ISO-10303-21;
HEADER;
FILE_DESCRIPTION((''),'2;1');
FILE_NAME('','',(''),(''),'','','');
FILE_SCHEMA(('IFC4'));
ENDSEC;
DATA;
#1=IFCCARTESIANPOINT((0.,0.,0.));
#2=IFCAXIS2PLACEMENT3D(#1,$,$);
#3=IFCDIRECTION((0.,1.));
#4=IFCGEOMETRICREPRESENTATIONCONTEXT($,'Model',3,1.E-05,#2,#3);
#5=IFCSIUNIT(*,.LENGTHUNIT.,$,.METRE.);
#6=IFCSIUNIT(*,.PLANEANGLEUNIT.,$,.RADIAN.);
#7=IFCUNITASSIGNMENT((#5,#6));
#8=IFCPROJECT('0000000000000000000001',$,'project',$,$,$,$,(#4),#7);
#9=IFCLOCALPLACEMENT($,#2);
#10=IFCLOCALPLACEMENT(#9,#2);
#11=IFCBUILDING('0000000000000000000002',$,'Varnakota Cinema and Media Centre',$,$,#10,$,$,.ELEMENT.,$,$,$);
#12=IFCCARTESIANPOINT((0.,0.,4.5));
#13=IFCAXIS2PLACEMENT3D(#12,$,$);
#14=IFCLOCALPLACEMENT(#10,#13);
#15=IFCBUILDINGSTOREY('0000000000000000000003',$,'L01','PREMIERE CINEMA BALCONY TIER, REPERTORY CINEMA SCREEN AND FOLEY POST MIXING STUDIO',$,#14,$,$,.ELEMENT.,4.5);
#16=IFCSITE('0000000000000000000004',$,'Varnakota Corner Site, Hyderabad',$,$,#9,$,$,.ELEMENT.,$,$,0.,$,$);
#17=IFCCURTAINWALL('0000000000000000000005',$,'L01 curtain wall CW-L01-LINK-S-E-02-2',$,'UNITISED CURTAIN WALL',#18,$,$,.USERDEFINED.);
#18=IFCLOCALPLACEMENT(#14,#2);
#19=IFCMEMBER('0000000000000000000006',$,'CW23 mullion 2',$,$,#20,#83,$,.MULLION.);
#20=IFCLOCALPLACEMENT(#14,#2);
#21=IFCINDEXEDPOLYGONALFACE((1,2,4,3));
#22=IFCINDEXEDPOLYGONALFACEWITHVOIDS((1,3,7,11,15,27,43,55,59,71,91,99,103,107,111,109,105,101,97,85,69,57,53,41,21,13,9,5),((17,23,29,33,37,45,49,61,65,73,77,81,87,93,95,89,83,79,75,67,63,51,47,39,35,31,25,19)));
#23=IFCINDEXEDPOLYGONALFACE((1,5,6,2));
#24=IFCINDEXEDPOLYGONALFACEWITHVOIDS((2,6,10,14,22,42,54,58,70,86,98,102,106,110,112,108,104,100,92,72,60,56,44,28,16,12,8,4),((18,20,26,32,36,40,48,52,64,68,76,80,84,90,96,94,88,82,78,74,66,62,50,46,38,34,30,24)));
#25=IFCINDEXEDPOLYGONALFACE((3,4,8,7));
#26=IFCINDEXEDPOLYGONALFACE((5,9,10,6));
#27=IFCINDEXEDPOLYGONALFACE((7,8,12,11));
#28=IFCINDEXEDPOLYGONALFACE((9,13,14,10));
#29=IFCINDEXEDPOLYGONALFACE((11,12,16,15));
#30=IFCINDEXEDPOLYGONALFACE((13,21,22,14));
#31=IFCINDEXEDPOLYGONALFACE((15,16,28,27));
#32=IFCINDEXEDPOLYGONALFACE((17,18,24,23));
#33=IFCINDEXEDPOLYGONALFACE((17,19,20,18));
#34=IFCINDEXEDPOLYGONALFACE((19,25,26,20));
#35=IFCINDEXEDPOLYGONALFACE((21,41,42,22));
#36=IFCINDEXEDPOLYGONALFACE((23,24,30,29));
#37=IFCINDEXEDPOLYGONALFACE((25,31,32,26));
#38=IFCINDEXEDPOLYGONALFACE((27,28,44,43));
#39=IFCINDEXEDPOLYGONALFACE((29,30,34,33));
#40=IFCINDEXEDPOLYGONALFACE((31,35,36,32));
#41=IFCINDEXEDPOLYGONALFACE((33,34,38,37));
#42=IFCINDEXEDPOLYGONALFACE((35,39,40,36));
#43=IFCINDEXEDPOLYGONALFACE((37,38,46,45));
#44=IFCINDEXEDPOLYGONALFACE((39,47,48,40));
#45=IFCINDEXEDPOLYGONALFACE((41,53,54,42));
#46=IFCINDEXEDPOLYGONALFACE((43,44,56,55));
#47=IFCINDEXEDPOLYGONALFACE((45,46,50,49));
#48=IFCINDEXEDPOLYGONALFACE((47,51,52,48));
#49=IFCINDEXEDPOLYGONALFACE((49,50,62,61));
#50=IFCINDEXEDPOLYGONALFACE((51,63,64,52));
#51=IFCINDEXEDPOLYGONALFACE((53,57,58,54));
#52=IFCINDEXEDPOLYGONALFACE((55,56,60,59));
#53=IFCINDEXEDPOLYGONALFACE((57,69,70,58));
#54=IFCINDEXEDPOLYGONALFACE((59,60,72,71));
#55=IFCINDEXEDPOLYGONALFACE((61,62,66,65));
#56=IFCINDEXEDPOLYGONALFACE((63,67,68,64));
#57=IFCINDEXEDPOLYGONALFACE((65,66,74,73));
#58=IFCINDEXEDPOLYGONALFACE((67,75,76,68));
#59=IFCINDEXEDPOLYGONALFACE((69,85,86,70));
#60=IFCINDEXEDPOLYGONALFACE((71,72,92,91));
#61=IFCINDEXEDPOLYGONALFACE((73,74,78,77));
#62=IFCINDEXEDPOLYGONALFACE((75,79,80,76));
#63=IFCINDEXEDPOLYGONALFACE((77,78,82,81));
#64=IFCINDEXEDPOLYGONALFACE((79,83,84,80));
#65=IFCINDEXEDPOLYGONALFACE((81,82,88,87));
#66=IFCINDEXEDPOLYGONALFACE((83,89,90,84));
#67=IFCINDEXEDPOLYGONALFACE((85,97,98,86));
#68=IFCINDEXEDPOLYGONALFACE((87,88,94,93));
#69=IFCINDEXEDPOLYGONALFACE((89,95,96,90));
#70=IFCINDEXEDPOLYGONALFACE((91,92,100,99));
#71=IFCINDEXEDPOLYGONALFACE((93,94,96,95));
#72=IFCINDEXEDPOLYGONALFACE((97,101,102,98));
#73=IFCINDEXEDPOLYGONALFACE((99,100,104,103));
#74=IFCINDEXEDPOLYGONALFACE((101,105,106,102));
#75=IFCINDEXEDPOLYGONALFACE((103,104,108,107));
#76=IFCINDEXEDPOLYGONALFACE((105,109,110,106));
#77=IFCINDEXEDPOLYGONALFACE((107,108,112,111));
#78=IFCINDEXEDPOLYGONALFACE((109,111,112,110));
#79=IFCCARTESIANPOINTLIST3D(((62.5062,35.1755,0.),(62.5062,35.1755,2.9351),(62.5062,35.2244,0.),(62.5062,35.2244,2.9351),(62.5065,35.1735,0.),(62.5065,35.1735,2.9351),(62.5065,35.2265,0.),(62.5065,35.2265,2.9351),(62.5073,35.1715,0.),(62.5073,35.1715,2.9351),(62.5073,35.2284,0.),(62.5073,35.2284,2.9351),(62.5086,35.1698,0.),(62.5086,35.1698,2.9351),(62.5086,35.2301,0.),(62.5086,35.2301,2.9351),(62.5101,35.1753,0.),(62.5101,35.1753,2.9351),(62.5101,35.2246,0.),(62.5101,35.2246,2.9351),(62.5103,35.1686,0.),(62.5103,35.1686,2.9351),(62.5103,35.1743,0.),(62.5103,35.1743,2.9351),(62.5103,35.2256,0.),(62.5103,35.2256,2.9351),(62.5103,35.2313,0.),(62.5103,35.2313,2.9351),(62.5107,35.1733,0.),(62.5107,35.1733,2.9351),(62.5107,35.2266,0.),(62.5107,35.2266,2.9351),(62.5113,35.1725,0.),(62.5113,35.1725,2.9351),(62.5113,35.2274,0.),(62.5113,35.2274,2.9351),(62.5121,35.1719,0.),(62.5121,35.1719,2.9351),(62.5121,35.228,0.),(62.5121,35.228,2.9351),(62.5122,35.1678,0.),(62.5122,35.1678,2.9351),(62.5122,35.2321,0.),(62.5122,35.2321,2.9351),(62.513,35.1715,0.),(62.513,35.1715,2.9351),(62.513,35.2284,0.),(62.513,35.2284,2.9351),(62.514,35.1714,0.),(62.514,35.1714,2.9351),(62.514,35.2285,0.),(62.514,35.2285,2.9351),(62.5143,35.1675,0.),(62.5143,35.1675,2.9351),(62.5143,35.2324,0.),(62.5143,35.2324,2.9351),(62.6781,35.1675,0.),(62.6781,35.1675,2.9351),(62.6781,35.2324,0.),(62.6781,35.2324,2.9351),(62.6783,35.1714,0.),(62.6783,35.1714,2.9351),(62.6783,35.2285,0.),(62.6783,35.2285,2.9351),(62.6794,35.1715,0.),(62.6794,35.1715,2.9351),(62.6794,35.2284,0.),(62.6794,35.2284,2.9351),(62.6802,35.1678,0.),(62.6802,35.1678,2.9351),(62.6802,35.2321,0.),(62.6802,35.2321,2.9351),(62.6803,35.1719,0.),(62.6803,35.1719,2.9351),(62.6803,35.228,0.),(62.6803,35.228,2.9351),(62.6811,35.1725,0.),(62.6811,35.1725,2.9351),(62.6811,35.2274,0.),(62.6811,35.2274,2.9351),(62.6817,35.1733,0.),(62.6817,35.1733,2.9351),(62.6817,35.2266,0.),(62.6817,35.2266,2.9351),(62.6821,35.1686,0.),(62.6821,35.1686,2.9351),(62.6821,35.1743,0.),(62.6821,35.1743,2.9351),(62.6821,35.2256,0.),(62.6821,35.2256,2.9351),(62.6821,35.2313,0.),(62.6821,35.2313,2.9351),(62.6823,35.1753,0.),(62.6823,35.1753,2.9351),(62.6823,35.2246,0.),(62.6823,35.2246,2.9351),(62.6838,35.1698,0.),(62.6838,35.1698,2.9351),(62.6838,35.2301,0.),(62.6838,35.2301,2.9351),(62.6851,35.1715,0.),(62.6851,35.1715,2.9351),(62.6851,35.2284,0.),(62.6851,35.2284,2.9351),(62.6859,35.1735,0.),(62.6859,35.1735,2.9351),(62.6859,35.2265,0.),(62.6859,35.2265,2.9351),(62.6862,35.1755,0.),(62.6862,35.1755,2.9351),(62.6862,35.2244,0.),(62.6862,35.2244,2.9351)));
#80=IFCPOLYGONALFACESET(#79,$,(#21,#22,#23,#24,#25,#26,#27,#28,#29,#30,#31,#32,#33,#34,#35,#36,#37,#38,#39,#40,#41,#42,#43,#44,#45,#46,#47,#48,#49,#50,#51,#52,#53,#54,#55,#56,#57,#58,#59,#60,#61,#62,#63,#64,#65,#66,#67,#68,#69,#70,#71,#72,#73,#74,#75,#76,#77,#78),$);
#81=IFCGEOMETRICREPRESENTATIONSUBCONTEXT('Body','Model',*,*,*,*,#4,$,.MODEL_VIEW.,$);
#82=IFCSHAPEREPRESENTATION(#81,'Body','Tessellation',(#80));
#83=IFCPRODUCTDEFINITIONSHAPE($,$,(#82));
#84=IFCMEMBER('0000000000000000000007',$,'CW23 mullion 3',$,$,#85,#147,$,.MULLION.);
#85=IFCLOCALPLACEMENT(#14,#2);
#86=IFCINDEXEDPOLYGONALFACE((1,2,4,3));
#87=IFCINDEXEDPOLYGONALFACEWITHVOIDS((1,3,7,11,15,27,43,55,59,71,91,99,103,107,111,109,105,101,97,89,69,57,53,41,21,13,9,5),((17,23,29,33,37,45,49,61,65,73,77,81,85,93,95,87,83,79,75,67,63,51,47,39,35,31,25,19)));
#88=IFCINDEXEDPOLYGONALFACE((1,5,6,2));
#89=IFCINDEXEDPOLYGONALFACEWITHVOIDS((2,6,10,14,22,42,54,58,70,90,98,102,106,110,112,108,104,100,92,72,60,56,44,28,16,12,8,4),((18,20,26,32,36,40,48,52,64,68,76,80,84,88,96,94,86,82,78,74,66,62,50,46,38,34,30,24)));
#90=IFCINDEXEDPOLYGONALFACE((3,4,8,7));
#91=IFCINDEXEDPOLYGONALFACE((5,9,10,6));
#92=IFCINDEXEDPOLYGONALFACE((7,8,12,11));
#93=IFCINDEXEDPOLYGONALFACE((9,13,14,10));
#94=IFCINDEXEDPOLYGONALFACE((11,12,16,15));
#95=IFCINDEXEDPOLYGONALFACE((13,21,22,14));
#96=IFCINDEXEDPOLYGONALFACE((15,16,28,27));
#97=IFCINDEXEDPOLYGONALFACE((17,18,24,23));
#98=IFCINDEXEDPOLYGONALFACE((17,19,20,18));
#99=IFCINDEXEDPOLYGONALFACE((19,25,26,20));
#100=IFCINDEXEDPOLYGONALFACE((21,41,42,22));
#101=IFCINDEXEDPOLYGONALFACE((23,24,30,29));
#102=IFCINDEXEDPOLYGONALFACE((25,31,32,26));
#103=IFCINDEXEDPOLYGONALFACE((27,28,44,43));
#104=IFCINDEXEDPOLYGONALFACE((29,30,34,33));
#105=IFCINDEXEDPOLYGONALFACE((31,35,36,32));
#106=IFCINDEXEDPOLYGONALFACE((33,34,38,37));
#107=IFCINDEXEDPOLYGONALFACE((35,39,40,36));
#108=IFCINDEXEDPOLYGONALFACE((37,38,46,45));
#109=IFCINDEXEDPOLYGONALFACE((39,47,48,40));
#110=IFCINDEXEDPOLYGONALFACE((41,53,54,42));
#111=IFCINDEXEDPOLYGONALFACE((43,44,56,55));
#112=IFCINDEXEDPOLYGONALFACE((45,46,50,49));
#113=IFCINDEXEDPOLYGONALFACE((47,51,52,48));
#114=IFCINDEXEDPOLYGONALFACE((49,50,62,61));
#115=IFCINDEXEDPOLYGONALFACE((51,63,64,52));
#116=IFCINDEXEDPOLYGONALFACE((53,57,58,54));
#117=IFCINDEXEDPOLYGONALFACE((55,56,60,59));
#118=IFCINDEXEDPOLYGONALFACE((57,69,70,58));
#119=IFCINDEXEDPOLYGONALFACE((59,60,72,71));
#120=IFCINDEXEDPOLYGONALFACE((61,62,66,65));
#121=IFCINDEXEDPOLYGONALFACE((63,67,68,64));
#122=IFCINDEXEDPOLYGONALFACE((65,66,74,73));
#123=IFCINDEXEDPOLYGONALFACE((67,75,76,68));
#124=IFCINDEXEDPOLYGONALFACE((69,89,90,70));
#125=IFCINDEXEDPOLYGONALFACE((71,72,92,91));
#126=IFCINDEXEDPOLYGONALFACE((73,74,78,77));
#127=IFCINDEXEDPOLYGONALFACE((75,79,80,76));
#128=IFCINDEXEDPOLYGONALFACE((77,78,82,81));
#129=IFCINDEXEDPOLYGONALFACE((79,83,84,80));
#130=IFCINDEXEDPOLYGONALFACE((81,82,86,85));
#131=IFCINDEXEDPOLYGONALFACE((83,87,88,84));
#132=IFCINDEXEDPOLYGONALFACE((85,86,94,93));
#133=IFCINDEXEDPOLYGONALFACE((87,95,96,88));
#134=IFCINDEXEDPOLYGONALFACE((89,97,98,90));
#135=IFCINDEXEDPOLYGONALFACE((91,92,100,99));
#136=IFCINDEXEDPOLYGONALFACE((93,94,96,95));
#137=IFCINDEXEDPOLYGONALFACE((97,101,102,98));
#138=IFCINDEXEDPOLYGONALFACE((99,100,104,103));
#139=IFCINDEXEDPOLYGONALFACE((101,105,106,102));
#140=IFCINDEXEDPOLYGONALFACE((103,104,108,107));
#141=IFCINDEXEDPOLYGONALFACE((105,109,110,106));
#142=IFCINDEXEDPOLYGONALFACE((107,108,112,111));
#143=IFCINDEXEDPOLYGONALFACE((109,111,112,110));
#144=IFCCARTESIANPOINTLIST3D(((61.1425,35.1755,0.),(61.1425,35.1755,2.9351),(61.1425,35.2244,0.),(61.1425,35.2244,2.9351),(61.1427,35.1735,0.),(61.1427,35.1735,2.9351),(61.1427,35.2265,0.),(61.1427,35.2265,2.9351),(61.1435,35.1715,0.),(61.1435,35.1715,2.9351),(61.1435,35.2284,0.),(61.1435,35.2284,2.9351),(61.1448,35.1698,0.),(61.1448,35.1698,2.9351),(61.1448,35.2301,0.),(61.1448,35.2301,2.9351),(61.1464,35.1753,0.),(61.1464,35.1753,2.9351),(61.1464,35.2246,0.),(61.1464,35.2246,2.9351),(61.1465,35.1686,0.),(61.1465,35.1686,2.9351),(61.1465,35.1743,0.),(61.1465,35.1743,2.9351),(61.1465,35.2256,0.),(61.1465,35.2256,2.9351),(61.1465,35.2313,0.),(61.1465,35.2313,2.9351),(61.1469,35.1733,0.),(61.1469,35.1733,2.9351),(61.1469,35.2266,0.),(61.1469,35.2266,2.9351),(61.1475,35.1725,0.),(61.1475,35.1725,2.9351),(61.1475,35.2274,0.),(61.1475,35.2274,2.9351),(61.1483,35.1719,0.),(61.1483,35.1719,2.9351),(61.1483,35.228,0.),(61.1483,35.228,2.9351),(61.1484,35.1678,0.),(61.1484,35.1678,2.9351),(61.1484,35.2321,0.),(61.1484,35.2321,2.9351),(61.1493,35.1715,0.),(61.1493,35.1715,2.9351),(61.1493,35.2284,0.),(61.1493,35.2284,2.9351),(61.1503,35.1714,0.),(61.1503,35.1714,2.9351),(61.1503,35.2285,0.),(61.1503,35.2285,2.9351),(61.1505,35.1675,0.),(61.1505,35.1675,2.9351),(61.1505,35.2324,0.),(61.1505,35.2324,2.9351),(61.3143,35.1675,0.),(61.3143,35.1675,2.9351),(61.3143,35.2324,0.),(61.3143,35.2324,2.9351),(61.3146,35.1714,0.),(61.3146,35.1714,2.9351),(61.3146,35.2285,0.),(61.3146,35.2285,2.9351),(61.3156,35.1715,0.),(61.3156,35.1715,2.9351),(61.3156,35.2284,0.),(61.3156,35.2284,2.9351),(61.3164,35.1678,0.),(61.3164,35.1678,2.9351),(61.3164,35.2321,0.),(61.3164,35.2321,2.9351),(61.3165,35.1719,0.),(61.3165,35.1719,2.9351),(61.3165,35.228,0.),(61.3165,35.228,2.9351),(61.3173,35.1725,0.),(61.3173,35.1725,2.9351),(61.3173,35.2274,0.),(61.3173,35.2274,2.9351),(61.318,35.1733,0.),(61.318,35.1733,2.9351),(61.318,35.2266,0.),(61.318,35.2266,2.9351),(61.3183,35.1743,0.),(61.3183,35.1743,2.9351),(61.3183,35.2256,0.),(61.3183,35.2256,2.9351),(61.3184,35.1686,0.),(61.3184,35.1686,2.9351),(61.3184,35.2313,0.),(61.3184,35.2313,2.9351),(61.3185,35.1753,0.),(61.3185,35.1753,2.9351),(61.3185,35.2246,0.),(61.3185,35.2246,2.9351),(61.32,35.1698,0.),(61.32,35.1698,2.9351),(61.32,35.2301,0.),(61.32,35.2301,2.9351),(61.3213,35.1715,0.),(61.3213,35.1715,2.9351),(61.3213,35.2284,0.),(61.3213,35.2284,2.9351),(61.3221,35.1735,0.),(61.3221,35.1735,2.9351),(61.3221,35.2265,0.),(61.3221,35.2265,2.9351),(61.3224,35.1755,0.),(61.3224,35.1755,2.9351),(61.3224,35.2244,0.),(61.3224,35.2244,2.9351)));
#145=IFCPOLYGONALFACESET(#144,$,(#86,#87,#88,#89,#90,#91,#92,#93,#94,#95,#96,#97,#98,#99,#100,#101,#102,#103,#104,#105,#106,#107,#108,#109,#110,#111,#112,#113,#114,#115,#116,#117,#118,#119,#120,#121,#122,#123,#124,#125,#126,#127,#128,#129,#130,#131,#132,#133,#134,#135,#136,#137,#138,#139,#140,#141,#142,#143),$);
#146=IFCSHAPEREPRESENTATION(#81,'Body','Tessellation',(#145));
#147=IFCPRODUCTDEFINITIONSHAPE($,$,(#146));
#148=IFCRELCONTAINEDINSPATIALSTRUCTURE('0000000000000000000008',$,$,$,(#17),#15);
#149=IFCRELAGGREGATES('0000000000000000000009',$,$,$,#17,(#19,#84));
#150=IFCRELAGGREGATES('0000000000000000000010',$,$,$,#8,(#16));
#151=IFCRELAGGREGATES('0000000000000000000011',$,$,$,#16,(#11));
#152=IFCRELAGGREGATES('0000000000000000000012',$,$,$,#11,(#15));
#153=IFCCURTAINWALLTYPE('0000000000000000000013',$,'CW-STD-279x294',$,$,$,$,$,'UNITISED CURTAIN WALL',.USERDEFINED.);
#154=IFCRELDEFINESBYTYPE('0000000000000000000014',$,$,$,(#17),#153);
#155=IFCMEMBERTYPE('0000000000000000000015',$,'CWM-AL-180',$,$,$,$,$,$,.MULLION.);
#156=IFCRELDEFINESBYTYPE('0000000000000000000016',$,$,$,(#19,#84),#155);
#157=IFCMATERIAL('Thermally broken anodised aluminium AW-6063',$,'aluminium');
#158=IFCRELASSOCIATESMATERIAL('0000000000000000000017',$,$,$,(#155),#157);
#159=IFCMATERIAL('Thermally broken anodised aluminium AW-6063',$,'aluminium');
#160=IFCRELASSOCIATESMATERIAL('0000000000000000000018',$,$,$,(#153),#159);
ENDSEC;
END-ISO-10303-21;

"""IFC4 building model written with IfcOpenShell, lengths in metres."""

from ifc_helpers import new_model, si_unit, direction, frame, origin, origin_2d, place, context, subcontext, project, spatial, hollow_rectangle, extrude, material, material_profile, profile_set, type_object, element, aggregate, save


model = new_model("IFC4")

# Units and contexts
model_context = context("Model", 3, precision=1e-05, world=origin(), true_north=direction((0.0, 1.0)))
body_context = subcontext(model_context, "Body", "Model", "MODEL_VIEW")
ifc_project = project(units=[si_unit("LENGTHUNIT", "METRE"), si_unit("PLANEANGLEUNIT", "RADIAN")], contexts=[model_context])

# Site, building, storey
site_placement = place(None, origin())
site = spatial("IfcSite", under=ifc_project, at=site_placement, Name="Varnakota Corner Site, Hyderabad", CompositionType="ELEMENT", RefElevation=0.0)
building_placement = place(site_placement, origin())
building = spatial("IfcBuilding", under=site, at=building_placement, Name="Varnakota Cinema and Media Centre", CompositionType="ELEMENT")
storey_placement = place(building_placement, frame((0.0, 0.0, 4.5)))
storey = spatial("IfcBuildingStorey", under=building, at=storey_placement, Name="L01", Description="PREMIERE CINEMA BALCONY TIER, REPERTORY CINEMA SCREEN AND FOLEY POST MIXING STUDIO", CompositionType="ELEMENT", Elevation=4.5)

# Shared definitions
ifc_material_1 = material(Name="Thermally broken anodised aluminium AW-6063", Category="aluminium")
ifc_material_profile_1 = material_profile(ifc_material_1, hollow_rectangle(XDim=0.0649, YDim=0.1799, WallThickness=0.0039, InnerFilletRadius=0.0039, OuterFilletRadius=0.0081, at=origin_2d()), Name="AL-MULLION 180x65x4")
ifc_profile_set_1 = profile_set([ifc_material_profile_1], Name="Thermally broken anodised aluminium AW-6063")
member_type_1 = type_object("IfcMemberType", Name="CWM-AL-180", PredefinedType="MULLION", material=ifc_profile_set_1)

# Curtain wall, members
ifc_material_2 = material(Name="Thermally broken anodised aluminium AW-6063", Category="aluminium")
curtain_wall_type_1 = type_object("IfcCurtainWallType", Name="CW-STD-279x294", ElementType="UNITISED CURTAIN WALL", PredefinedType="USERDEFINED", material=ifc_material_2)
curtain_wall_1_placement = place(storey_placement, origin())
curtain_wall_1 = element("IfcCurtainWall", 1, at=curtain_wall_1_placement, inside=storey, type_object=curtain_wall_type_1, Name="L01 curtain wall CW-L01-LINK-S-E-02-2", ObjectType="UNITISED CURTAIN WALL", PredefinedType="USERDEFINED")
member_1_placement = place(storey_placement, frame((62.5962, 35.2, 0.0), z_axis=(0.0, 0.0, 1.0), x_axis=(0.0, -1.0, 0.0)))
member_1 = element("IfcMember", 2, at=member_1_placement, type_object=member_type_1, Name="CW23 mullion 2", PredefinedType="MULLION", context=body_context, shape_type="SweptSolid", body=[
    extrude(hollow_rectangle(XDim=0.0649, YDim=0.1799, WallThickness=0.0039, InnerFilletRadius=0.0039, OuterFilletRadius=0.0081, at=origin_2d()), origin(), (0.0, 0.0, 1.0), 2.9351),
])
member_2_placement = place(storey_placement, frame((61.2324, 35.2, 0.0), z_axis=(0.0, 0.0, 1.0), x_axis=(0.0, -1.0, 0.0)))
member_2 = element("IfcMember", 3, at=member_2_placement, type_object=member_type_1, Name="CW23 mullion 3", PredefinedType="MULLION", context=body_context, shape_type="SweptSolid", body=[
    extrude(hollow_rectangle(XDim=0.0649, YDim=0.1799, WallThickness=0.0039, InnerFilletRadius=0.0039, OuterFilletRadius=0.0081, at=origin_2d()), origin(), (0.0, 0.0, 1.0), 2.9351),
])

aggregate(curtain_wall_1, [member_1, member_2])

save(model, "model.ifc")
